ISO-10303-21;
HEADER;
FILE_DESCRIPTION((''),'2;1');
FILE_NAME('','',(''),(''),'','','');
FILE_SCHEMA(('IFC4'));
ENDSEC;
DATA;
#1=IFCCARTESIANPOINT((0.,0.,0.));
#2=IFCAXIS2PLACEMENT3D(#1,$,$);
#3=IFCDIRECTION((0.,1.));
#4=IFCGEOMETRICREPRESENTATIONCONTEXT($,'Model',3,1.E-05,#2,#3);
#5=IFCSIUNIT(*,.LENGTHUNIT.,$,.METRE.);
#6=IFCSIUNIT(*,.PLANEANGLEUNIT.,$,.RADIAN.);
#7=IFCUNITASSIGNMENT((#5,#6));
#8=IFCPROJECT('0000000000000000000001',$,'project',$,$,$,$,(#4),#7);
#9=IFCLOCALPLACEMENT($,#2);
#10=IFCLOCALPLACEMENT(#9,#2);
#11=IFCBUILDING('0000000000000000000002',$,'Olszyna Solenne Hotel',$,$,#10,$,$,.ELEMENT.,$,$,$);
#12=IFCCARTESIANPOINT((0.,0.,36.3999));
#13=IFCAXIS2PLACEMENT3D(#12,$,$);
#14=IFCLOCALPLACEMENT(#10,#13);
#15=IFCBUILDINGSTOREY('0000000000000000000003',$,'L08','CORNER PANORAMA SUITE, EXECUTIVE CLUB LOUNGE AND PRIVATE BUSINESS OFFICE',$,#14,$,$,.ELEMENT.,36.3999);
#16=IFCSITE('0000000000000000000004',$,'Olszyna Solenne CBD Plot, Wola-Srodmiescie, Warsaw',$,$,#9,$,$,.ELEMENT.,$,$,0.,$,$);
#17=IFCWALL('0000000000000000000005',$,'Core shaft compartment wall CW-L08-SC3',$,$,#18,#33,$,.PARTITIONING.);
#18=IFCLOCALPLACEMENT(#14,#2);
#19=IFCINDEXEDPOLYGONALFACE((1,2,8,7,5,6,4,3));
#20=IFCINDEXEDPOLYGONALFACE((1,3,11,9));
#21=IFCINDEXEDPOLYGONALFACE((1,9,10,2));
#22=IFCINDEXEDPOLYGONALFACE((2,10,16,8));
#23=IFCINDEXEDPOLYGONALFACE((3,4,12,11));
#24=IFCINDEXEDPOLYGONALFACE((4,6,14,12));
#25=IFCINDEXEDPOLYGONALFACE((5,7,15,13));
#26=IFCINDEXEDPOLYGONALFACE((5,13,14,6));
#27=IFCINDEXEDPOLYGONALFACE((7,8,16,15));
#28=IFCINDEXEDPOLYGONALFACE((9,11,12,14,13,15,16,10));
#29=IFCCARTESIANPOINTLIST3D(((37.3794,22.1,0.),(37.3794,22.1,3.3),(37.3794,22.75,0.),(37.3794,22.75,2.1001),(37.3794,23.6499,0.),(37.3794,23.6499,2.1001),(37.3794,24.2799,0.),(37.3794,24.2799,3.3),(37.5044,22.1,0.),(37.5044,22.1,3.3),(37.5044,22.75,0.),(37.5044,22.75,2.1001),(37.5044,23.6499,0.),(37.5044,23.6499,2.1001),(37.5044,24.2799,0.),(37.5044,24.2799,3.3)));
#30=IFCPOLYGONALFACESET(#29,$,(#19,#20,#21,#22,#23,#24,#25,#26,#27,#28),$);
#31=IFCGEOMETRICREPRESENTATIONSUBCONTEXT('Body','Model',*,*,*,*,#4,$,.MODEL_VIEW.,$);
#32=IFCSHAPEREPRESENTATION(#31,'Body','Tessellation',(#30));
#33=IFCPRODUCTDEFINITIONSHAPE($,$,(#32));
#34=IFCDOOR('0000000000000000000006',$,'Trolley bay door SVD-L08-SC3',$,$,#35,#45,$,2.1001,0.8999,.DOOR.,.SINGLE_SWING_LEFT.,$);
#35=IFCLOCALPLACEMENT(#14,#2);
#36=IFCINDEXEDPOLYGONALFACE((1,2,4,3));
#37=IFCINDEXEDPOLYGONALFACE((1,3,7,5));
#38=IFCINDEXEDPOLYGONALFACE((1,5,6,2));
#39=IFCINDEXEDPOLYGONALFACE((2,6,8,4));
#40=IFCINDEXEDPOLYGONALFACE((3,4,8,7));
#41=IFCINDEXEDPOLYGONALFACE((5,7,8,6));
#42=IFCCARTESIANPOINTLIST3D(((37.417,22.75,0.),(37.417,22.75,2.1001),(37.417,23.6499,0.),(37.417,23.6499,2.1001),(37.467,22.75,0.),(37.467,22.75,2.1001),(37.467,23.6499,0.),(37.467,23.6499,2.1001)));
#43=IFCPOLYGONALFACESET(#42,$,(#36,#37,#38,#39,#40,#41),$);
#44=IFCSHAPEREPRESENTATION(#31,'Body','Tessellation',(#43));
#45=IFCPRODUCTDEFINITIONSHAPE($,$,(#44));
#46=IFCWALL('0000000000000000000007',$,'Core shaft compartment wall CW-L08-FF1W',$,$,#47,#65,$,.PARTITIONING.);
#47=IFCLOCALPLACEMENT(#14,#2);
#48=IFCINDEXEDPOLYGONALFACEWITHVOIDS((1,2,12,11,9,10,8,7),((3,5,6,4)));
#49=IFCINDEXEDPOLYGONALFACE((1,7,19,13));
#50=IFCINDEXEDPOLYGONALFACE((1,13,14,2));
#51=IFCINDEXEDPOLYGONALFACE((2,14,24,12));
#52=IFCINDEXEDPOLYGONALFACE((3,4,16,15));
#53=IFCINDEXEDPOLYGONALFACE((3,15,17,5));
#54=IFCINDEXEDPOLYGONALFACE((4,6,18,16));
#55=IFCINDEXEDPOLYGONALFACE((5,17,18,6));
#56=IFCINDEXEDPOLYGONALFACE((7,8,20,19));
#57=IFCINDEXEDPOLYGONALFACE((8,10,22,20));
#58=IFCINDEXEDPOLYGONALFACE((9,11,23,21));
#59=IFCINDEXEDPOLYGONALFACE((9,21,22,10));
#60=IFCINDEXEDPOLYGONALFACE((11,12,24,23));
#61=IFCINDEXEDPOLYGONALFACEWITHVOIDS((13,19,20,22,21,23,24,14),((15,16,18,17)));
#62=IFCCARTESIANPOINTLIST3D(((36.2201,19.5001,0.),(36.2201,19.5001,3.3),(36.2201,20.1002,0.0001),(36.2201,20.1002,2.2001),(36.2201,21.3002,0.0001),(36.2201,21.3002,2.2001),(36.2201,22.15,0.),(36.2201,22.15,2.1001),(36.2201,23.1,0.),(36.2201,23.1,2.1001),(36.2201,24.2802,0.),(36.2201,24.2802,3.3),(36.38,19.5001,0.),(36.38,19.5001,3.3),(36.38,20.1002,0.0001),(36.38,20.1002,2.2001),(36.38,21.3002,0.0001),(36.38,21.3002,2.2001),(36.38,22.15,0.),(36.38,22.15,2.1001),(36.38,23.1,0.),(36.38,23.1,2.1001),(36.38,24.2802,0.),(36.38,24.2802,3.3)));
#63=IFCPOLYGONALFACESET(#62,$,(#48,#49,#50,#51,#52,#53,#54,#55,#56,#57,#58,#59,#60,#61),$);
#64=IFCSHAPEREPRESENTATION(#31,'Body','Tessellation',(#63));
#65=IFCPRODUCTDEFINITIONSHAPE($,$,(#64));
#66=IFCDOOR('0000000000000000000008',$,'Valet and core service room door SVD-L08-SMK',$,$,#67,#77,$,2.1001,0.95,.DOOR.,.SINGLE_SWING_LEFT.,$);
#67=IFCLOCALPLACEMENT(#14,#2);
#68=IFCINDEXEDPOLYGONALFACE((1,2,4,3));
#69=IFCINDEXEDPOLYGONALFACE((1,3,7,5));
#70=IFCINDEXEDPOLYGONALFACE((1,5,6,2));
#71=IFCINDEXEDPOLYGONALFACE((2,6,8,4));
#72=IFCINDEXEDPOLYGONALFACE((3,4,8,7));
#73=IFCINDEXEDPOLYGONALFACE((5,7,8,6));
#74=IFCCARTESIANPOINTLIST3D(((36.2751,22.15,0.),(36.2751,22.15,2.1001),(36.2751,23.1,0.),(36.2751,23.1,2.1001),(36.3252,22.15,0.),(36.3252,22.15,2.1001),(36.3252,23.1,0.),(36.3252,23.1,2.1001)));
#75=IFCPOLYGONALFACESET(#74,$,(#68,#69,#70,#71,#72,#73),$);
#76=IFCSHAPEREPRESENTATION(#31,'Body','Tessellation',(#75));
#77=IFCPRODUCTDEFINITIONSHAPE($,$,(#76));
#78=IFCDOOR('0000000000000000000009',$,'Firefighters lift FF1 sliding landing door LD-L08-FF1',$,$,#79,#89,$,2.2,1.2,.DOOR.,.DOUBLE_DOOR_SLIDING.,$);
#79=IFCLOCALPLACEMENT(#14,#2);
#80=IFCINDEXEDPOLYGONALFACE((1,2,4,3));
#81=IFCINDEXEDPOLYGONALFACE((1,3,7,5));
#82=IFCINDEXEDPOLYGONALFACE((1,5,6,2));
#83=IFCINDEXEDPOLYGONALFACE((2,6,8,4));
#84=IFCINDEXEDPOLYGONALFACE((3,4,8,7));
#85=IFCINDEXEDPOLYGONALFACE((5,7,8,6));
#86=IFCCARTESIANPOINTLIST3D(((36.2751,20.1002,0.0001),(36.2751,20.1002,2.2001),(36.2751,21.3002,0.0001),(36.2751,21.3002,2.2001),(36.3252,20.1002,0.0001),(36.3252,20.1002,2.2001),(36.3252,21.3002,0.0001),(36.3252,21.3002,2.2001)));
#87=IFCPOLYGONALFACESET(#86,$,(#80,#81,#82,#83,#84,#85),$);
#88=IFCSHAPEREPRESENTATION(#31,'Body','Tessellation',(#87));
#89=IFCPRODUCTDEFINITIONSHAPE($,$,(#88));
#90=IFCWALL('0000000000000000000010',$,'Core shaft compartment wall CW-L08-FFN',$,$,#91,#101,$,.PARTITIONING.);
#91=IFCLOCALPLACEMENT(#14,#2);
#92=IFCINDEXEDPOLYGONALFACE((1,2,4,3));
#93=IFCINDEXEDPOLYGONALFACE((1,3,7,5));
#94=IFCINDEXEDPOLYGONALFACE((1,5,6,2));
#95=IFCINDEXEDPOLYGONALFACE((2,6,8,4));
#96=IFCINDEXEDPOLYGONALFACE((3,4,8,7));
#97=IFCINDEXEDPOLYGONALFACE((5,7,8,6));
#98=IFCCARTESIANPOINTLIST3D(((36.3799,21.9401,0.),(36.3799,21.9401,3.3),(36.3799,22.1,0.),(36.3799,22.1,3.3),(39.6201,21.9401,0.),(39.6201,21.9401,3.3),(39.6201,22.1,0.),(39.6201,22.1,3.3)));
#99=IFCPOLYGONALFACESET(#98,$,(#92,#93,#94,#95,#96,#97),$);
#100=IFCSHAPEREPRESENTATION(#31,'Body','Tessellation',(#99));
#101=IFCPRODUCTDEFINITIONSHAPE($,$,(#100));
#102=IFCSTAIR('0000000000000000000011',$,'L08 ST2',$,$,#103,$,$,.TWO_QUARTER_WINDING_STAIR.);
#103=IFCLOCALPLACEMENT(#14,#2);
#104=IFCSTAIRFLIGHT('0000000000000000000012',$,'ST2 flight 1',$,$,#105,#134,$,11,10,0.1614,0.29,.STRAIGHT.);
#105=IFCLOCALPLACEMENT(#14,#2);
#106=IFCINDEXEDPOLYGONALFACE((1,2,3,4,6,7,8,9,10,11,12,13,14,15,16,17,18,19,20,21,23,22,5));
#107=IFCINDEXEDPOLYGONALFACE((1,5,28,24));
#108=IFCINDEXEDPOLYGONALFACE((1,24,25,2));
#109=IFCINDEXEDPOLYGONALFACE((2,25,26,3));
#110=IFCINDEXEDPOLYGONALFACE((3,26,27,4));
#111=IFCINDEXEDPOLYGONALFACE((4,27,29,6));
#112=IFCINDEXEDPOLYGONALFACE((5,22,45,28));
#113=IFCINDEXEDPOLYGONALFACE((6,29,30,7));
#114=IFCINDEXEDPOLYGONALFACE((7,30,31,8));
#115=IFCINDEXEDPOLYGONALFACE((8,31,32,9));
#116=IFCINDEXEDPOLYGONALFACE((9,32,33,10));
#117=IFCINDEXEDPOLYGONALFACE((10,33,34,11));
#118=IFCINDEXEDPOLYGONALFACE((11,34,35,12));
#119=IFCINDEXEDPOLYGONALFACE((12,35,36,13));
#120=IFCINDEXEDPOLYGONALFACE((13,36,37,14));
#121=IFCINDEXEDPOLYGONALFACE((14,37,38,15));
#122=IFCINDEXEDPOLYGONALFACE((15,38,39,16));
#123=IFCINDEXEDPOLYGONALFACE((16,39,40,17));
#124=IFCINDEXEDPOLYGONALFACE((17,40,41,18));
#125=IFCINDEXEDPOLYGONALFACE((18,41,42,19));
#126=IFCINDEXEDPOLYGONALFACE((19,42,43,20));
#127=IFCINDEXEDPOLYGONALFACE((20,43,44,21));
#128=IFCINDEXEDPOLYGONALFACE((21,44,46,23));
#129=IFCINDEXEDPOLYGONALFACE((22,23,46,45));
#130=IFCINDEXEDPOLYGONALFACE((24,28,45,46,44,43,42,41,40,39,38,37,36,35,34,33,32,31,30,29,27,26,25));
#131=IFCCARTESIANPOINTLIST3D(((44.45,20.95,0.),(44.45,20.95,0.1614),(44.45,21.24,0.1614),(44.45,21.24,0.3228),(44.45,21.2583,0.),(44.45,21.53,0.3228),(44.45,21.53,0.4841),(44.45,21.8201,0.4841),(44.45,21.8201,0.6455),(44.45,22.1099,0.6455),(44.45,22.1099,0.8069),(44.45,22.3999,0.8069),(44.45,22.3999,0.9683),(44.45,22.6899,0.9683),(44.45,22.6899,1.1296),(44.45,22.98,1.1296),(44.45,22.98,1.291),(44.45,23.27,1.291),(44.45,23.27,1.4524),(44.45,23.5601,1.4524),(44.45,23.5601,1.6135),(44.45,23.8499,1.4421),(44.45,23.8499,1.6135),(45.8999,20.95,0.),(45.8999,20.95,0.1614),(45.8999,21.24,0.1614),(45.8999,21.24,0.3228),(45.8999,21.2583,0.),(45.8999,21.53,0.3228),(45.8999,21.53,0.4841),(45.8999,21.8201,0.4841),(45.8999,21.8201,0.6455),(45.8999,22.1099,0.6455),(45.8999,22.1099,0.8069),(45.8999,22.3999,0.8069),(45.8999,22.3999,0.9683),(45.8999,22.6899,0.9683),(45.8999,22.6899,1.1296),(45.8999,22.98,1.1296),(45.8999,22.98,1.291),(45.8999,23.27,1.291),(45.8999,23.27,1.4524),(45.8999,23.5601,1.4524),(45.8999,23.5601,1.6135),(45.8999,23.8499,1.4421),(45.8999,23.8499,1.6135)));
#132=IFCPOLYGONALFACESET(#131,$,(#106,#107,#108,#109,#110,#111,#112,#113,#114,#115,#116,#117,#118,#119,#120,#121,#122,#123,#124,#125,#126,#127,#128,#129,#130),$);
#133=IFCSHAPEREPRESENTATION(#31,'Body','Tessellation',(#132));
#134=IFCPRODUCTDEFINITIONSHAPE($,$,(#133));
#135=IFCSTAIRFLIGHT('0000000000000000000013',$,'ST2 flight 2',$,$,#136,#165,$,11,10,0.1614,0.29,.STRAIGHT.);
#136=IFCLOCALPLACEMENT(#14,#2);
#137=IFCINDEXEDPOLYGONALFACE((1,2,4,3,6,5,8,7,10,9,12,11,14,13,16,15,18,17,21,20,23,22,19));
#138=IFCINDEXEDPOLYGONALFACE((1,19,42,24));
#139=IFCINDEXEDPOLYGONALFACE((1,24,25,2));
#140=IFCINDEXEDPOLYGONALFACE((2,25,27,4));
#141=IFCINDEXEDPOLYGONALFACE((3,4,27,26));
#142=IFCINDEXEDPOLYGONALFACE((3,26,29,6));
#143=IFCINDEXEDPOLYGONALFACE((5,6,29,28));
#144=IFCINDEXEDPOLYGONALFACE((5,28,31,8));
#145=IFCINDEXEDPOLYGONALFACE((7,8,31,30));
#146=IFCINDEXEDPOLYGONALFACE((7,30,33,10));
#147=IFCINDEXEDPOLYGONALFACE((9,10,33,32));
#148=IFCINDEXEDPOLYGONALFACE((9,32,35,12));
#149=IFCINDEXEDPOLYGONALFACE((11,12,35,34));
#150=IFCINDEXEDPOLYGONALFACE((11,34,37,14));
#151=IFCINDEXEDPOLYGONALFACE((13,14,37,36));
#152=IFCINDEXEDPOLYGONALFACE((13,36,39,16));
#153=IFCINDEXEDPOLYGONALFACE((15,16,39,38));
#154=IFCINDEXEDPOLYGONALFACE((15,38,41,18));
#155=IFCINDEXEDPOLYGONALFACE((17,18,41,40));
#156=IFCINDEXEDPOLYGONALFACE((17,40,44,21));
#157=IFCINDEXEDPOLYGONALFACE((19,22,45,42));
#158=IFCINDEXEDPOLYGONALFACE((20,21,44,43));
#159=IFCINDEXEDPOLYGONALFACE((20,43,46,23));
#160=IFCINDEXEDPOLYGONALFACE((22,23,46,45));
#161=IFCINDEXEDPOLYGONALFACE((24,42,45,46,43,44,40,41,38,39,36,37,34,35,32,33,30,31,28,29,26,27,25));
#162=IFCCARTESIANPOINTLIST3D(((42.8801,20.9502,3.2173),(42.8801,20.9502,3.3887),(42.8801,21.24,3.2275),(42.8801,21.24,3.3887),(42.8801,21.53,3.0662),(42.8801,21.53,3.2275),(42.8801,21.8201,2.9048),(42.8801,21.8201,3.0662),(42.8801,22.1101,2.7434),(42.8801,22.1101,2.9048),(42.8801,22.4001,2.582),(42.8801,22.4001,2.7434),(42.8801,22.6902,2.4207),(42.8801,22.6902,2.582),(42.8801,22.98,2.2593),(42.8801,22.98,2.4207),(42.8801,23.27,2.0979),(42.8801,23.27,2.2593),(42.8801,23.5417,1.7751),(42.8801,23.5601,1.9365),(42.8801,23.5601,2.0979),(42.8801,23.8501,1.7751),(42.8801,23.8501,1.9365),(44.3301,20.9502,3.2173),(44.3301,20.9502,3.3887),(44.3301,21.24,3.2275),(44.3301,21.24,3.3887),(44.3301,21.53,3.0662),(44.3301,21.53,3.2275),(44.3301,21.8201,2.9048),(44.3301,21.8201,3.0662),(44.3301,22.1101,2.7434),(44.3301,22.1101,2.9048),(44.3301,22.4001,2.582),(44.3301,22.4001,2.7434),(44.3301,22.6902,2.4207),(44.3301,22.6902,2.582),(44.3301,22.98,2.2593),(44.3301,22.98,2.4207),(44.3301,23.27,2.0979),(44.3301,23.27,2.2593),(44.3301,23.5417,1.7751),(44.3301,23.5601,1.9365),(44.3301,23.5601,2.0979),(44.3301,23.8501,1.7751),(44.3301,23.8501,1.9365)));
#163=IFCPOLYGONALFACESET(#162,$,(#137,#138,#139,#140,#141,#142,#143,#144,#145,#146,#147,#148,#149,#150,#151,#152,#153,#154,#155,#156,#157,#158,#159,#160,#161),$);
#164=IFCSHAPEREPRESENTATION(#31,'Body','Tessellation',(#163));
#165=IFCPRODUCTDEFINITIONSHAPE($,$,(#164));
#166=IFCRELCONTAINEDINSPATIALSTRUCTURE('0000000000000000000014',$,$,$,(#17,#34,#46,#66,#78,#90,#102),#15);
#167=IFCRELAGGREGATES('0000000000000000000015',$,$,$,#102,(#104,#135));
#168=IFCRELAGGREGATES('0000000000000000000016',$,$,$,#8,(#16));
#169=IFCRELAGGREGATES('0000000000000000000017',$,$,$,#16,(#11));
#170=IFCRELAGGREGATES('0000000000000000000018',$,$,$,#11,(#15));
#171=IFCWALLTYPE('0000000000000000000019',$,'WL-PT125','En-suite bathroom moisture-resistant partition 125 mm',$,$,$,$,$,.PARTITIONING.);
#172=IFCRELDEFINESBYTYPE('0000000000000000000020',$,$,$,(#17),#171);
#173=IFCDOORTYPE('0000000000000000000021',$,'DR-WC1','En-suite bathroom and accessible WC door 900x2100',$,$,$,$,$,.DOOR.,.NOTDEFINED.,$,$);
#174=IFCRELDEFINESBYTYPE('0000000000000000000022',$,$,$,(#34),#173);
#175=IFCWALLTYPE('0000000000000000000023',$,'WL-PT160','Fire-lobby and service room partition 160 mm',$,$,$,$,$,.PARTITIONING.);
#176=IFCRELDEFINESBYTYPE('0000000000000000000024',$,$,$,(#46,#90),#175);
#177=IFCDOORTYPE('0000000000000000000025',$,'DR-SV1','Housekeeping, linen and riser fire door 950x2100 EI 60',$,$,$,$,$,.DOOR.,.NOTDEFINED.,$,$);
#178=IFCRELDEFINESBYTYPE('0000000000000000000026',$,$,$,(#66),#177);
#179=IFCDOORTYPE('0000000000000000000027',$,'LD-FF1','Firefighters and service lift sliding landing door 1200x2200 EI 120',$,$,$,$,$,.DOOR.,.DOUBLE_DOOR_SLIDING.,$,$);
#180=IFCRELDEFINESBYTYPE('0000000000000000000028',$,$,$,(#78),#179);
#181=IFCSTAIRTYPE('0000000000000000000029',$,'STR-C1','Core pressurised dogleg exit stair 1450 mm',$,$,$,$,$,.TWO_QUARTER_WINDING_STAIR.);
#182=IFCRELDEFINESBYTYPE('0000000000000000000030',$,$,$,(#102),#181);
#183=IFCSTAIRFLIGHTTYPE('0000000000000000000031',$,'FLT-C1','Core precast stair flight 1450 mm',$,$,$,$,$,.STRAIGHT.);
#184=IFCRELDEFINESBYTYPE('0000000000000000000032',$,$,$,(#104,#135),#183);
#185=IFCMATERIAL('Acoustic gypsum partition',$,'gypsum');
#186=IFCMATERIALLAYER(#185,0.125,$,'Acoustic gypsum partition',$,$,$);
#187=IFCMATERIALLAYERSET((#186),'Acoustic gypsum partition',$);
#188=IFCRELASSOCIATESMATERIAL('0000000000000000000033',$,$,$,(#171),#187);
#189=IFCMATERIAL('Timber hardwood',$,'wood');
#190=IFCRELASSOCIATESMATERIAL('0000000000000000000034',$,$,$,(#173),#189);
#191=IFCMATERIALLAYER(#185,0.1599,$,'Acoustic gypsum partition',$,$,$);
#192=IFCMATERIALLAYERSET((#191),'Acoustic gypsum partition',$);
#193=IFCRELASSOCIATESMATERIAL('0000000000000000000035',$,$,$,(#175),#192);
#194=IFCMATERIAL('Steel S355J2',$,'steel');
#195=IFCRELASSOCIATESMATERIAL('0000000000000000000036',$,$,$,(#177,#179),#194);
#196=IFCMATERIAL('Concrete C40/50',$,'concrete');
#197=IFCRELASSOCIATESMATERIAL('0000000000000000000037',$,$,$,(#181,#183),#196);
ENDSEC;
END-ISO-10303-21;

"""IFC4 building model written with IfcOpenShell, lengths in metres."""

from ifc_helpers import new_model, si_unit, direction, frame, frame_2d, origin, place, context, subcontext, project, spatial, polyline, rectangle, outline, extrude, source, transform, mapped, material, layer, layer_set, type_object, type_shapes, element, fill, aggregate, save


model = new_model("IFC4")

# Units and contexts
model_context = context("Model", 3, precision=1e-05, world=origin(), true_north=direction((0.0, 1.0)))
body_context = subcontext(model_context, "Body", "Model", "MODEL_VIEW")
ifc_project = project(units=[si_unit("LENGTHUNIT", "METRE"), si_unit("PLANEANGLEUNIT", "RADIAN")], contexts=[model_context])

# Site, building, storey
site_placement = place(None, origin())
site = spatial("IfcSite", under=ifc_project, at=site_placement, Name="Olszyna Solenne CBD Plot, Wola-Srodmiescie, Warsaw", CompositionType="ELEMENT", RefElevation=0.0)
building_placement = place(site_placement, origin())
building = spatial("IfcBuilding", under=site, at=building_placement, Name="Olszyna Solenne Hotel", CompositionType="ELEMENT")
storey_placement = place(building_placement, frame((0.0, 0.0, 36.3999)))
storey = spatial("IfcBuildingStorey", under=building, at=storey_placement, Name="L08", Description="CORNER PANORAMA SUITE, EXECUTIVE CLUB LOUNGE AND PRIVATE BUSINESS OFFICE", CompositionType="ELEMENT", Elevation=36.3999)

# Shared definitions
ifc_material_1 = material(Name="Steel S355J2", Category="steel")

# Shared definitions
ifc_material_2 = material(Name="Acoustic gypsum partition", Category="gypsum")
ifc_layer_1 = layer(ifc_material_2, 0.125, Name="Acoustic gypsum partition")
ifc_layer_set_1 = layer_set([ifc_layer_1], Name="Acoustic gypsum partition")
wall_type_1 = type_object("IfcWallType", Name="WL-PT125", Description="En-suite bathroom moisture-resistant partition 125 mm", PredefinedType="PARTITIONING", material=ifc_layer_set_1)

# Wall, opening, door
wall_1_placement = place(storey_placement, frame((37.4419, 22.1001, 0.0), z_axis=(0.0, 0.0, 1.0), x_axis=(0.0, 1.0, 0.0)))
wall_1 = element("IfcWall", 1, at=wall_1_placement, inside=storey, type_object=wall_type_1, Name="Core shaft compartment wall CW-L08-SC3", PredefinedType="PARTITIONING", context=body_context, shape_type="SweptSolid", body=[
    extrude(rectangle(XDim=2.1799, YDim=0.125, at=frame_2d((1.0898, 0.0))), origin(), (0.0, 0.0, 1.0), 3.3),
])
opening_1_placement = place(wall_1_placement, frame((0.6499, 0.0, 0.0)))
opening_1 = element("IfcOpeningElement", 2, at=opening_1_placement, cuts=wall_1, PredefinedType="OPENING", context=body_context, shape_type="SweptSolid", body=[
    extrude(rectangle(XDim=0.8999, YDim=2.1001, at=frame_2d((0.45, 1.05))), frame((0.0, 0.0725, 0.0), z_axis=(0.0, -1.0, 0.0), x_axis=(1.0, 0.0, 0.0)), (0.0, 0.0, 1.0), 0.145),
])
ifc_material_3 = material(Name="Timber hardwood", Category="wood")
door_type_1 = type_object("IfcDoorType", Name="DR-WC1", Description="En-suite bathroom and accessible WC door 900x2100", OperationType="NOTDEFINED", PredefinedType="DOOR", material=ifc_material_3)
shared_shape_1 = source(origin(), body_context, "Body", "SweptSolid", [
    extrude(rectangle(XDim=0.8999, YDim=2.1001, at=frame_2d((0.45, 1.05))), frame((0.0, 0.0249, 0.0), z_axis=(0.0, -1.0, 0.0), x_axis=(1.0, 0.0, 0.0)), (0.0, 0.0, 1.0), 0.05),
])
type_shapes(door_type_1, [shared_shape_1])
door_1_placement = place(opening_1_placement, origin())
door_1 = element("IfcDoor", 3, at=door_1_placement, inside=storey, type_object=door_type_1, Name="Trolley bay door SVD-L08-SC3", OperationType="SINGLE_SWING_LEFT", OverallHeight=2.1001, OverallWidth=0.8999, PredefinedType="DOOR", context=body_context, shape_type="MappedRepresentation", body=[
    mapped(shared_shape_1, transform((0.0, 0.0, 0.0), x_axis=(1.0, 0.0, 0.0), y_axis=(0.0, 1.0, 0.0), z_axis=(0.0, 0.0, 1.0), scale=1.0)),
])
fill(opening_1, door_1)

# Wall, openings, doors
ifc_layer_2 = layer(ifc_material_2, 0.1599, Name="Acoustic gypsum partition")
ifc_layer_set_2 = layer_set([ifc_layer_2], Name="Acoustic gypsum partition")
wall_type_2 = type_object("IfcWallType", Name="WL-PT160", Description="Fire-lobby and service room partition 160 mm", PredefinedType="PARTITIONING", material=ifc_layer_set_2)
wall_2_placement = place(storey_placement, frame((36.3, 19.5, 0.0), z_axis=(0.0, 0.0, 1.0), x_axis=(0.0, 1.0, 0.0)))
wall_2 = element("IfcWall", 4, at=wall_2_placement, inside=storey, type_object=wall_type_2, Name="Core shaft compartment wall CW-L08-FF1W", PredefinedType="PARTITIONING", context=body_context, shape_type="SweptSolid", body=[
    extrude(rectangle(XDim=4.78, YDim=0.1599, at=frame_2d((2.3901, 0.0))), origin(), (0.0, 0.0, 1.0), 3.3),
])
opening_2_placement = place(wall_2_placement, frame((0.6001, 0.0, 0.0)))
opening_2 = element("IfcOpeningElement", 5, at=opening_2_placement, cuts=wall_2, PredefinedType="OPENING", context=body_context, shape_type="SweptSolid", body=[
    extrude(rectangle(XDim=1.2, YDim=2.2, at=frame_2d((0.6001, 1.1001))), frame((0.0, 0.0898, 0.0), z_axis=(0.0, -1.0, 0.0), x_axis=(1.0, 0.0, 0.0)), (0.0, 0.0, 1.0), 0.1799),
])
opening_3_placement = place(wall_2_placement, frame((2.6499, 0.0, 0.0)))
opening_3 = element("IfcOpeningElement", 6, at=opening_3_placement, cuts=wall_2, PredefinedType="OPENING", context=body_context, shape_type="SweptSolid", body=[
    extrude(rectangle(XDim=0.95, YDim=2.1001, at=frame_2d((0.4751, 1.05))), frame((0.0, 0.0898, 0.0), z_axis=(0.0, -1.0, 0.0), x_axis=(1.0, 0.0, 0.0)), (0.0, 0.0, 1.0), 0.1799),
])
door_type_2 = type_object("IfcDoorType", Name="DR-SV1", Description="Housekeeping, linen and riser fire door 950x2100 EI 60", OperationType="NOTDEFINED", PredefinedType="DOOR", material=ifc_material_1)
shared_shape_2 = source(origin(), body_context, "Body", "SweptSolid", [
    extrude(rectangle(XDim=0.95, YDim=2.1001, at=frame_2d((0.4751, 1.05))), frame((0.0, 0.0249, 0.0), z_axis=(0.0, -1.0, 0.0), x_axis=(1.0, 0.0, 0.0)), (0.0, 0.0, 1.0), 0.05),
])
type_shapes(door_type_2, [shared_shape_2])
door_2_placement = place(opening_3_placement, origin())
door_2 = element("IfcDoor", 7, at=door_2_placement, inside=storey, type_object=door_type_2, Name="Valet and core service room door SVD-L08-SMK", OperationType="SINGLE_SWING_LEFT", OverallHeight=2.1001, OverallWidth=0.95, PredefinedType="DOOR", context=body_context, shape_type="MappedRepresentation", body=[
    mapped(shared_shape_2, transform((0.0, 0.0, 0.0), x_axis=(1.0, 0.0, 0.0), y_axis=(0.0, 1.0, 0.0), z_axis=(0.0, 0.0, 1.0), scale=1.0)),
])
fill(opening_3, door_2)
door_type_3 = type_object("IfcDoorType", Name="LD-FF1", Description="Firefighters and service lift sliding landing door 1200x2200 EI 120", OperationType="DOUBLE_DOOR_SLIDING", PredefinedType="DOOR", material=ifc_material_1)
shared_shape_3 = source(origin(), body_context, "Body", "SweptSolid", [
    extrude(rectangle(XDim=1.2, YDim=2.2, at=frame_2d((0.6001, 1.1001))), frame((0.0, 0.0249, 0.0), z_axis=(0.0, -1.0, 0.0), x_axis=(1.0, 0.0, 0.0)), (0.0, 0.0, 1.0), 0.05),
])
type_shapes(door_type_3, [shared_shape_3])
door_3_placement = place(opening_2_placement, origin())
door_3 = element("IfcDoor", 8, at=door_3_placement, inside=storey, type_object=door_type_3, Name="Firefighters lift FF1 sliding landing door LD-L08-FF1", OperationType="DOUBLE_DOOR_SLIDING", OverallHeight=2.2, OverallWidth=1.2, PredefinedType="DOOR", context=body_context, shape_type="MappedRepresentation", body=[
    mapped(shared_shape_3, transform((0.0, 0.0, 0.0), x_axis=(1.0, 0.0, 0.0), y_axis=(0.0, 1.0, 0.0), z_axis=(0.0, 0.0, 1.0), scale=1.0)),
])
fill(opening_2, door_3)

# Wall
wall_3_placement = place(storey_placement, frame((36.3799, 22.02, 0.0), z_axis=(0.0, 0.0, 1.0), x_axis=(1.0, 0.0, 0.0)))
element("IfcWall", 9, at=wall_3_placement, inside=storey, type_object=wall_type_2, Name="Core shaft compartment wall CW-L08-FFN", PredefinedType="PARTITIONING", context=body_context, shape_type="SweptSolid", body=[
    extrude(rectangle(XDim=3.2402, YDim=0.1599, at=frame_2d((1.6201, 0.0))), origin(), (0.0, 0.0, 1.0), 3.3),
])

# Stair, stair flights
ifc_material_4 = material(Name="Concrete C40/50", Category="concrete")
stair_type = type_object("IfcStairType", Name="STR-C1", Description="Core pressurised dogleg exit stair 1450 mm", PredefinedType="TWO_QUARTER_WINDING_STAIR", material=ifc_material_4)
stair_placement = place(storey_placement, origin())
stair = element("IfcStair", 10, at=stair_placement, inside=storey, type_object=stair_type, Name="L08 ST2", PredefinedType="TWO_QUARTER_WINDING_STAIR")
stair_flight_type = type_object("IfcStairFlightType", Name="FLT-C1", Description="Core precast stair flight 1450 mm", PredefinedType="STRAIGHT", material=ifc_material_4)
stair_flight_1_placement = place(storey_placement, frame((45.175, 20.95, 0.0), z_axis=(0.0, 0.0, 1.0), x_axis=(0.0, 1.0, 0.0)))
stair_flight_1 = element("IfcStairFlight", 11, at=stair_flight_1_placement, type_object=stair_flight_type, Name="ST2 flight 1", NumberOfRisers=11, NumberOfTreads=10, PredefinedType="STRAIGHT", RiserHeight=0.1614, TreadLength=0.29, context=body_context, shape_type="SweptSolid", body=[
    extrude(outline(polyline([(0.0, 0.0), (0.0, 0.1614), (0.29, 0.1614), (0.29, 0.3228), (0.5801, 0.3228), (0.5801, 0.4841), (0.8701, 0.4841), (0.8701, 0.6455), (1.1599, 0.6455), (1.1599, 0.8069), (1.45, 0.8069), (1.45, 0.9683), (1.74, 0.9683), (1.74, 1.1296), (2.03, 1.1296), (2.03, 1.291), (2.3201, 1.291), (2.3201, 1.4524), (2.6101, 1.4524), (2.6101, 1.6135), (2.8999, 1.6135), (2.8999, 1.7749), (2.8999, 1.4421), (0.3083, 0.0), (0.0, 0.0)])), frame((0.0, 0.7251, 0.0), z_axis=(0.0, -1.0, 0.0), x_axis=(1.0, 0.0, 0.0)), (0.0, 0.0, 1.0), 1.45),
])
stair_flight_2_placement = place(storey_placement, frame((43.605, 23.8501, 1.7751), z_axis=(0.0, 0.0, 1.0), x_axis=(0.0, -1.0, 0.0)))
stair_flight_2 = element("IfcStairFlight", 12, at=stair_flight_2_placement, type_object=stair_flight_type, Name="ST2 flight 2", NumberOfRisers=11, NumberOfTreads=10, PredefinedType="STRAIGHT", RiserHeight=0.1614, TreadLength=0.29, context=body_context, shape_type="SweptSolid", body=[
    extrude(outline(polyline([(0.0, 0.0), (0.0, 0.1614), (0.29, 0.1614), (0.29, 0.3228), (0.5801, 0.3228), (0.5801, 0.4841), (0.8701, 0.4841), (0.8701, 0.6455), (1.1599, 0.6455), (1.1599, 0.8069), (1.45, 0.8069), (1.45, 0.9683), (1.74, 0.9683), (1.74, 1.1296), (2.03, 1.1296), (2.03, 1.291), (2.3201, 1.291), (2.3201, 1.4524), (2.6101, 1.4524), (2.6101, 1.6135), (2.8999, 1.6135), (2.8999, 1.7749), (2.8999, 1.4421), (0.3083, 0.0), (0.0, 0.0)])), frame((0.0, 0.7251, 0.0), z_axis=(0.0, -1.0, 0.0), x_axis=(1.0, 0.0, 0.0)), (0.0, 0.0, 1.0), 1.45),
])
aggregate(stair, [stair_flight_1, stair_flight_2])

save(model, "model.ifc")
